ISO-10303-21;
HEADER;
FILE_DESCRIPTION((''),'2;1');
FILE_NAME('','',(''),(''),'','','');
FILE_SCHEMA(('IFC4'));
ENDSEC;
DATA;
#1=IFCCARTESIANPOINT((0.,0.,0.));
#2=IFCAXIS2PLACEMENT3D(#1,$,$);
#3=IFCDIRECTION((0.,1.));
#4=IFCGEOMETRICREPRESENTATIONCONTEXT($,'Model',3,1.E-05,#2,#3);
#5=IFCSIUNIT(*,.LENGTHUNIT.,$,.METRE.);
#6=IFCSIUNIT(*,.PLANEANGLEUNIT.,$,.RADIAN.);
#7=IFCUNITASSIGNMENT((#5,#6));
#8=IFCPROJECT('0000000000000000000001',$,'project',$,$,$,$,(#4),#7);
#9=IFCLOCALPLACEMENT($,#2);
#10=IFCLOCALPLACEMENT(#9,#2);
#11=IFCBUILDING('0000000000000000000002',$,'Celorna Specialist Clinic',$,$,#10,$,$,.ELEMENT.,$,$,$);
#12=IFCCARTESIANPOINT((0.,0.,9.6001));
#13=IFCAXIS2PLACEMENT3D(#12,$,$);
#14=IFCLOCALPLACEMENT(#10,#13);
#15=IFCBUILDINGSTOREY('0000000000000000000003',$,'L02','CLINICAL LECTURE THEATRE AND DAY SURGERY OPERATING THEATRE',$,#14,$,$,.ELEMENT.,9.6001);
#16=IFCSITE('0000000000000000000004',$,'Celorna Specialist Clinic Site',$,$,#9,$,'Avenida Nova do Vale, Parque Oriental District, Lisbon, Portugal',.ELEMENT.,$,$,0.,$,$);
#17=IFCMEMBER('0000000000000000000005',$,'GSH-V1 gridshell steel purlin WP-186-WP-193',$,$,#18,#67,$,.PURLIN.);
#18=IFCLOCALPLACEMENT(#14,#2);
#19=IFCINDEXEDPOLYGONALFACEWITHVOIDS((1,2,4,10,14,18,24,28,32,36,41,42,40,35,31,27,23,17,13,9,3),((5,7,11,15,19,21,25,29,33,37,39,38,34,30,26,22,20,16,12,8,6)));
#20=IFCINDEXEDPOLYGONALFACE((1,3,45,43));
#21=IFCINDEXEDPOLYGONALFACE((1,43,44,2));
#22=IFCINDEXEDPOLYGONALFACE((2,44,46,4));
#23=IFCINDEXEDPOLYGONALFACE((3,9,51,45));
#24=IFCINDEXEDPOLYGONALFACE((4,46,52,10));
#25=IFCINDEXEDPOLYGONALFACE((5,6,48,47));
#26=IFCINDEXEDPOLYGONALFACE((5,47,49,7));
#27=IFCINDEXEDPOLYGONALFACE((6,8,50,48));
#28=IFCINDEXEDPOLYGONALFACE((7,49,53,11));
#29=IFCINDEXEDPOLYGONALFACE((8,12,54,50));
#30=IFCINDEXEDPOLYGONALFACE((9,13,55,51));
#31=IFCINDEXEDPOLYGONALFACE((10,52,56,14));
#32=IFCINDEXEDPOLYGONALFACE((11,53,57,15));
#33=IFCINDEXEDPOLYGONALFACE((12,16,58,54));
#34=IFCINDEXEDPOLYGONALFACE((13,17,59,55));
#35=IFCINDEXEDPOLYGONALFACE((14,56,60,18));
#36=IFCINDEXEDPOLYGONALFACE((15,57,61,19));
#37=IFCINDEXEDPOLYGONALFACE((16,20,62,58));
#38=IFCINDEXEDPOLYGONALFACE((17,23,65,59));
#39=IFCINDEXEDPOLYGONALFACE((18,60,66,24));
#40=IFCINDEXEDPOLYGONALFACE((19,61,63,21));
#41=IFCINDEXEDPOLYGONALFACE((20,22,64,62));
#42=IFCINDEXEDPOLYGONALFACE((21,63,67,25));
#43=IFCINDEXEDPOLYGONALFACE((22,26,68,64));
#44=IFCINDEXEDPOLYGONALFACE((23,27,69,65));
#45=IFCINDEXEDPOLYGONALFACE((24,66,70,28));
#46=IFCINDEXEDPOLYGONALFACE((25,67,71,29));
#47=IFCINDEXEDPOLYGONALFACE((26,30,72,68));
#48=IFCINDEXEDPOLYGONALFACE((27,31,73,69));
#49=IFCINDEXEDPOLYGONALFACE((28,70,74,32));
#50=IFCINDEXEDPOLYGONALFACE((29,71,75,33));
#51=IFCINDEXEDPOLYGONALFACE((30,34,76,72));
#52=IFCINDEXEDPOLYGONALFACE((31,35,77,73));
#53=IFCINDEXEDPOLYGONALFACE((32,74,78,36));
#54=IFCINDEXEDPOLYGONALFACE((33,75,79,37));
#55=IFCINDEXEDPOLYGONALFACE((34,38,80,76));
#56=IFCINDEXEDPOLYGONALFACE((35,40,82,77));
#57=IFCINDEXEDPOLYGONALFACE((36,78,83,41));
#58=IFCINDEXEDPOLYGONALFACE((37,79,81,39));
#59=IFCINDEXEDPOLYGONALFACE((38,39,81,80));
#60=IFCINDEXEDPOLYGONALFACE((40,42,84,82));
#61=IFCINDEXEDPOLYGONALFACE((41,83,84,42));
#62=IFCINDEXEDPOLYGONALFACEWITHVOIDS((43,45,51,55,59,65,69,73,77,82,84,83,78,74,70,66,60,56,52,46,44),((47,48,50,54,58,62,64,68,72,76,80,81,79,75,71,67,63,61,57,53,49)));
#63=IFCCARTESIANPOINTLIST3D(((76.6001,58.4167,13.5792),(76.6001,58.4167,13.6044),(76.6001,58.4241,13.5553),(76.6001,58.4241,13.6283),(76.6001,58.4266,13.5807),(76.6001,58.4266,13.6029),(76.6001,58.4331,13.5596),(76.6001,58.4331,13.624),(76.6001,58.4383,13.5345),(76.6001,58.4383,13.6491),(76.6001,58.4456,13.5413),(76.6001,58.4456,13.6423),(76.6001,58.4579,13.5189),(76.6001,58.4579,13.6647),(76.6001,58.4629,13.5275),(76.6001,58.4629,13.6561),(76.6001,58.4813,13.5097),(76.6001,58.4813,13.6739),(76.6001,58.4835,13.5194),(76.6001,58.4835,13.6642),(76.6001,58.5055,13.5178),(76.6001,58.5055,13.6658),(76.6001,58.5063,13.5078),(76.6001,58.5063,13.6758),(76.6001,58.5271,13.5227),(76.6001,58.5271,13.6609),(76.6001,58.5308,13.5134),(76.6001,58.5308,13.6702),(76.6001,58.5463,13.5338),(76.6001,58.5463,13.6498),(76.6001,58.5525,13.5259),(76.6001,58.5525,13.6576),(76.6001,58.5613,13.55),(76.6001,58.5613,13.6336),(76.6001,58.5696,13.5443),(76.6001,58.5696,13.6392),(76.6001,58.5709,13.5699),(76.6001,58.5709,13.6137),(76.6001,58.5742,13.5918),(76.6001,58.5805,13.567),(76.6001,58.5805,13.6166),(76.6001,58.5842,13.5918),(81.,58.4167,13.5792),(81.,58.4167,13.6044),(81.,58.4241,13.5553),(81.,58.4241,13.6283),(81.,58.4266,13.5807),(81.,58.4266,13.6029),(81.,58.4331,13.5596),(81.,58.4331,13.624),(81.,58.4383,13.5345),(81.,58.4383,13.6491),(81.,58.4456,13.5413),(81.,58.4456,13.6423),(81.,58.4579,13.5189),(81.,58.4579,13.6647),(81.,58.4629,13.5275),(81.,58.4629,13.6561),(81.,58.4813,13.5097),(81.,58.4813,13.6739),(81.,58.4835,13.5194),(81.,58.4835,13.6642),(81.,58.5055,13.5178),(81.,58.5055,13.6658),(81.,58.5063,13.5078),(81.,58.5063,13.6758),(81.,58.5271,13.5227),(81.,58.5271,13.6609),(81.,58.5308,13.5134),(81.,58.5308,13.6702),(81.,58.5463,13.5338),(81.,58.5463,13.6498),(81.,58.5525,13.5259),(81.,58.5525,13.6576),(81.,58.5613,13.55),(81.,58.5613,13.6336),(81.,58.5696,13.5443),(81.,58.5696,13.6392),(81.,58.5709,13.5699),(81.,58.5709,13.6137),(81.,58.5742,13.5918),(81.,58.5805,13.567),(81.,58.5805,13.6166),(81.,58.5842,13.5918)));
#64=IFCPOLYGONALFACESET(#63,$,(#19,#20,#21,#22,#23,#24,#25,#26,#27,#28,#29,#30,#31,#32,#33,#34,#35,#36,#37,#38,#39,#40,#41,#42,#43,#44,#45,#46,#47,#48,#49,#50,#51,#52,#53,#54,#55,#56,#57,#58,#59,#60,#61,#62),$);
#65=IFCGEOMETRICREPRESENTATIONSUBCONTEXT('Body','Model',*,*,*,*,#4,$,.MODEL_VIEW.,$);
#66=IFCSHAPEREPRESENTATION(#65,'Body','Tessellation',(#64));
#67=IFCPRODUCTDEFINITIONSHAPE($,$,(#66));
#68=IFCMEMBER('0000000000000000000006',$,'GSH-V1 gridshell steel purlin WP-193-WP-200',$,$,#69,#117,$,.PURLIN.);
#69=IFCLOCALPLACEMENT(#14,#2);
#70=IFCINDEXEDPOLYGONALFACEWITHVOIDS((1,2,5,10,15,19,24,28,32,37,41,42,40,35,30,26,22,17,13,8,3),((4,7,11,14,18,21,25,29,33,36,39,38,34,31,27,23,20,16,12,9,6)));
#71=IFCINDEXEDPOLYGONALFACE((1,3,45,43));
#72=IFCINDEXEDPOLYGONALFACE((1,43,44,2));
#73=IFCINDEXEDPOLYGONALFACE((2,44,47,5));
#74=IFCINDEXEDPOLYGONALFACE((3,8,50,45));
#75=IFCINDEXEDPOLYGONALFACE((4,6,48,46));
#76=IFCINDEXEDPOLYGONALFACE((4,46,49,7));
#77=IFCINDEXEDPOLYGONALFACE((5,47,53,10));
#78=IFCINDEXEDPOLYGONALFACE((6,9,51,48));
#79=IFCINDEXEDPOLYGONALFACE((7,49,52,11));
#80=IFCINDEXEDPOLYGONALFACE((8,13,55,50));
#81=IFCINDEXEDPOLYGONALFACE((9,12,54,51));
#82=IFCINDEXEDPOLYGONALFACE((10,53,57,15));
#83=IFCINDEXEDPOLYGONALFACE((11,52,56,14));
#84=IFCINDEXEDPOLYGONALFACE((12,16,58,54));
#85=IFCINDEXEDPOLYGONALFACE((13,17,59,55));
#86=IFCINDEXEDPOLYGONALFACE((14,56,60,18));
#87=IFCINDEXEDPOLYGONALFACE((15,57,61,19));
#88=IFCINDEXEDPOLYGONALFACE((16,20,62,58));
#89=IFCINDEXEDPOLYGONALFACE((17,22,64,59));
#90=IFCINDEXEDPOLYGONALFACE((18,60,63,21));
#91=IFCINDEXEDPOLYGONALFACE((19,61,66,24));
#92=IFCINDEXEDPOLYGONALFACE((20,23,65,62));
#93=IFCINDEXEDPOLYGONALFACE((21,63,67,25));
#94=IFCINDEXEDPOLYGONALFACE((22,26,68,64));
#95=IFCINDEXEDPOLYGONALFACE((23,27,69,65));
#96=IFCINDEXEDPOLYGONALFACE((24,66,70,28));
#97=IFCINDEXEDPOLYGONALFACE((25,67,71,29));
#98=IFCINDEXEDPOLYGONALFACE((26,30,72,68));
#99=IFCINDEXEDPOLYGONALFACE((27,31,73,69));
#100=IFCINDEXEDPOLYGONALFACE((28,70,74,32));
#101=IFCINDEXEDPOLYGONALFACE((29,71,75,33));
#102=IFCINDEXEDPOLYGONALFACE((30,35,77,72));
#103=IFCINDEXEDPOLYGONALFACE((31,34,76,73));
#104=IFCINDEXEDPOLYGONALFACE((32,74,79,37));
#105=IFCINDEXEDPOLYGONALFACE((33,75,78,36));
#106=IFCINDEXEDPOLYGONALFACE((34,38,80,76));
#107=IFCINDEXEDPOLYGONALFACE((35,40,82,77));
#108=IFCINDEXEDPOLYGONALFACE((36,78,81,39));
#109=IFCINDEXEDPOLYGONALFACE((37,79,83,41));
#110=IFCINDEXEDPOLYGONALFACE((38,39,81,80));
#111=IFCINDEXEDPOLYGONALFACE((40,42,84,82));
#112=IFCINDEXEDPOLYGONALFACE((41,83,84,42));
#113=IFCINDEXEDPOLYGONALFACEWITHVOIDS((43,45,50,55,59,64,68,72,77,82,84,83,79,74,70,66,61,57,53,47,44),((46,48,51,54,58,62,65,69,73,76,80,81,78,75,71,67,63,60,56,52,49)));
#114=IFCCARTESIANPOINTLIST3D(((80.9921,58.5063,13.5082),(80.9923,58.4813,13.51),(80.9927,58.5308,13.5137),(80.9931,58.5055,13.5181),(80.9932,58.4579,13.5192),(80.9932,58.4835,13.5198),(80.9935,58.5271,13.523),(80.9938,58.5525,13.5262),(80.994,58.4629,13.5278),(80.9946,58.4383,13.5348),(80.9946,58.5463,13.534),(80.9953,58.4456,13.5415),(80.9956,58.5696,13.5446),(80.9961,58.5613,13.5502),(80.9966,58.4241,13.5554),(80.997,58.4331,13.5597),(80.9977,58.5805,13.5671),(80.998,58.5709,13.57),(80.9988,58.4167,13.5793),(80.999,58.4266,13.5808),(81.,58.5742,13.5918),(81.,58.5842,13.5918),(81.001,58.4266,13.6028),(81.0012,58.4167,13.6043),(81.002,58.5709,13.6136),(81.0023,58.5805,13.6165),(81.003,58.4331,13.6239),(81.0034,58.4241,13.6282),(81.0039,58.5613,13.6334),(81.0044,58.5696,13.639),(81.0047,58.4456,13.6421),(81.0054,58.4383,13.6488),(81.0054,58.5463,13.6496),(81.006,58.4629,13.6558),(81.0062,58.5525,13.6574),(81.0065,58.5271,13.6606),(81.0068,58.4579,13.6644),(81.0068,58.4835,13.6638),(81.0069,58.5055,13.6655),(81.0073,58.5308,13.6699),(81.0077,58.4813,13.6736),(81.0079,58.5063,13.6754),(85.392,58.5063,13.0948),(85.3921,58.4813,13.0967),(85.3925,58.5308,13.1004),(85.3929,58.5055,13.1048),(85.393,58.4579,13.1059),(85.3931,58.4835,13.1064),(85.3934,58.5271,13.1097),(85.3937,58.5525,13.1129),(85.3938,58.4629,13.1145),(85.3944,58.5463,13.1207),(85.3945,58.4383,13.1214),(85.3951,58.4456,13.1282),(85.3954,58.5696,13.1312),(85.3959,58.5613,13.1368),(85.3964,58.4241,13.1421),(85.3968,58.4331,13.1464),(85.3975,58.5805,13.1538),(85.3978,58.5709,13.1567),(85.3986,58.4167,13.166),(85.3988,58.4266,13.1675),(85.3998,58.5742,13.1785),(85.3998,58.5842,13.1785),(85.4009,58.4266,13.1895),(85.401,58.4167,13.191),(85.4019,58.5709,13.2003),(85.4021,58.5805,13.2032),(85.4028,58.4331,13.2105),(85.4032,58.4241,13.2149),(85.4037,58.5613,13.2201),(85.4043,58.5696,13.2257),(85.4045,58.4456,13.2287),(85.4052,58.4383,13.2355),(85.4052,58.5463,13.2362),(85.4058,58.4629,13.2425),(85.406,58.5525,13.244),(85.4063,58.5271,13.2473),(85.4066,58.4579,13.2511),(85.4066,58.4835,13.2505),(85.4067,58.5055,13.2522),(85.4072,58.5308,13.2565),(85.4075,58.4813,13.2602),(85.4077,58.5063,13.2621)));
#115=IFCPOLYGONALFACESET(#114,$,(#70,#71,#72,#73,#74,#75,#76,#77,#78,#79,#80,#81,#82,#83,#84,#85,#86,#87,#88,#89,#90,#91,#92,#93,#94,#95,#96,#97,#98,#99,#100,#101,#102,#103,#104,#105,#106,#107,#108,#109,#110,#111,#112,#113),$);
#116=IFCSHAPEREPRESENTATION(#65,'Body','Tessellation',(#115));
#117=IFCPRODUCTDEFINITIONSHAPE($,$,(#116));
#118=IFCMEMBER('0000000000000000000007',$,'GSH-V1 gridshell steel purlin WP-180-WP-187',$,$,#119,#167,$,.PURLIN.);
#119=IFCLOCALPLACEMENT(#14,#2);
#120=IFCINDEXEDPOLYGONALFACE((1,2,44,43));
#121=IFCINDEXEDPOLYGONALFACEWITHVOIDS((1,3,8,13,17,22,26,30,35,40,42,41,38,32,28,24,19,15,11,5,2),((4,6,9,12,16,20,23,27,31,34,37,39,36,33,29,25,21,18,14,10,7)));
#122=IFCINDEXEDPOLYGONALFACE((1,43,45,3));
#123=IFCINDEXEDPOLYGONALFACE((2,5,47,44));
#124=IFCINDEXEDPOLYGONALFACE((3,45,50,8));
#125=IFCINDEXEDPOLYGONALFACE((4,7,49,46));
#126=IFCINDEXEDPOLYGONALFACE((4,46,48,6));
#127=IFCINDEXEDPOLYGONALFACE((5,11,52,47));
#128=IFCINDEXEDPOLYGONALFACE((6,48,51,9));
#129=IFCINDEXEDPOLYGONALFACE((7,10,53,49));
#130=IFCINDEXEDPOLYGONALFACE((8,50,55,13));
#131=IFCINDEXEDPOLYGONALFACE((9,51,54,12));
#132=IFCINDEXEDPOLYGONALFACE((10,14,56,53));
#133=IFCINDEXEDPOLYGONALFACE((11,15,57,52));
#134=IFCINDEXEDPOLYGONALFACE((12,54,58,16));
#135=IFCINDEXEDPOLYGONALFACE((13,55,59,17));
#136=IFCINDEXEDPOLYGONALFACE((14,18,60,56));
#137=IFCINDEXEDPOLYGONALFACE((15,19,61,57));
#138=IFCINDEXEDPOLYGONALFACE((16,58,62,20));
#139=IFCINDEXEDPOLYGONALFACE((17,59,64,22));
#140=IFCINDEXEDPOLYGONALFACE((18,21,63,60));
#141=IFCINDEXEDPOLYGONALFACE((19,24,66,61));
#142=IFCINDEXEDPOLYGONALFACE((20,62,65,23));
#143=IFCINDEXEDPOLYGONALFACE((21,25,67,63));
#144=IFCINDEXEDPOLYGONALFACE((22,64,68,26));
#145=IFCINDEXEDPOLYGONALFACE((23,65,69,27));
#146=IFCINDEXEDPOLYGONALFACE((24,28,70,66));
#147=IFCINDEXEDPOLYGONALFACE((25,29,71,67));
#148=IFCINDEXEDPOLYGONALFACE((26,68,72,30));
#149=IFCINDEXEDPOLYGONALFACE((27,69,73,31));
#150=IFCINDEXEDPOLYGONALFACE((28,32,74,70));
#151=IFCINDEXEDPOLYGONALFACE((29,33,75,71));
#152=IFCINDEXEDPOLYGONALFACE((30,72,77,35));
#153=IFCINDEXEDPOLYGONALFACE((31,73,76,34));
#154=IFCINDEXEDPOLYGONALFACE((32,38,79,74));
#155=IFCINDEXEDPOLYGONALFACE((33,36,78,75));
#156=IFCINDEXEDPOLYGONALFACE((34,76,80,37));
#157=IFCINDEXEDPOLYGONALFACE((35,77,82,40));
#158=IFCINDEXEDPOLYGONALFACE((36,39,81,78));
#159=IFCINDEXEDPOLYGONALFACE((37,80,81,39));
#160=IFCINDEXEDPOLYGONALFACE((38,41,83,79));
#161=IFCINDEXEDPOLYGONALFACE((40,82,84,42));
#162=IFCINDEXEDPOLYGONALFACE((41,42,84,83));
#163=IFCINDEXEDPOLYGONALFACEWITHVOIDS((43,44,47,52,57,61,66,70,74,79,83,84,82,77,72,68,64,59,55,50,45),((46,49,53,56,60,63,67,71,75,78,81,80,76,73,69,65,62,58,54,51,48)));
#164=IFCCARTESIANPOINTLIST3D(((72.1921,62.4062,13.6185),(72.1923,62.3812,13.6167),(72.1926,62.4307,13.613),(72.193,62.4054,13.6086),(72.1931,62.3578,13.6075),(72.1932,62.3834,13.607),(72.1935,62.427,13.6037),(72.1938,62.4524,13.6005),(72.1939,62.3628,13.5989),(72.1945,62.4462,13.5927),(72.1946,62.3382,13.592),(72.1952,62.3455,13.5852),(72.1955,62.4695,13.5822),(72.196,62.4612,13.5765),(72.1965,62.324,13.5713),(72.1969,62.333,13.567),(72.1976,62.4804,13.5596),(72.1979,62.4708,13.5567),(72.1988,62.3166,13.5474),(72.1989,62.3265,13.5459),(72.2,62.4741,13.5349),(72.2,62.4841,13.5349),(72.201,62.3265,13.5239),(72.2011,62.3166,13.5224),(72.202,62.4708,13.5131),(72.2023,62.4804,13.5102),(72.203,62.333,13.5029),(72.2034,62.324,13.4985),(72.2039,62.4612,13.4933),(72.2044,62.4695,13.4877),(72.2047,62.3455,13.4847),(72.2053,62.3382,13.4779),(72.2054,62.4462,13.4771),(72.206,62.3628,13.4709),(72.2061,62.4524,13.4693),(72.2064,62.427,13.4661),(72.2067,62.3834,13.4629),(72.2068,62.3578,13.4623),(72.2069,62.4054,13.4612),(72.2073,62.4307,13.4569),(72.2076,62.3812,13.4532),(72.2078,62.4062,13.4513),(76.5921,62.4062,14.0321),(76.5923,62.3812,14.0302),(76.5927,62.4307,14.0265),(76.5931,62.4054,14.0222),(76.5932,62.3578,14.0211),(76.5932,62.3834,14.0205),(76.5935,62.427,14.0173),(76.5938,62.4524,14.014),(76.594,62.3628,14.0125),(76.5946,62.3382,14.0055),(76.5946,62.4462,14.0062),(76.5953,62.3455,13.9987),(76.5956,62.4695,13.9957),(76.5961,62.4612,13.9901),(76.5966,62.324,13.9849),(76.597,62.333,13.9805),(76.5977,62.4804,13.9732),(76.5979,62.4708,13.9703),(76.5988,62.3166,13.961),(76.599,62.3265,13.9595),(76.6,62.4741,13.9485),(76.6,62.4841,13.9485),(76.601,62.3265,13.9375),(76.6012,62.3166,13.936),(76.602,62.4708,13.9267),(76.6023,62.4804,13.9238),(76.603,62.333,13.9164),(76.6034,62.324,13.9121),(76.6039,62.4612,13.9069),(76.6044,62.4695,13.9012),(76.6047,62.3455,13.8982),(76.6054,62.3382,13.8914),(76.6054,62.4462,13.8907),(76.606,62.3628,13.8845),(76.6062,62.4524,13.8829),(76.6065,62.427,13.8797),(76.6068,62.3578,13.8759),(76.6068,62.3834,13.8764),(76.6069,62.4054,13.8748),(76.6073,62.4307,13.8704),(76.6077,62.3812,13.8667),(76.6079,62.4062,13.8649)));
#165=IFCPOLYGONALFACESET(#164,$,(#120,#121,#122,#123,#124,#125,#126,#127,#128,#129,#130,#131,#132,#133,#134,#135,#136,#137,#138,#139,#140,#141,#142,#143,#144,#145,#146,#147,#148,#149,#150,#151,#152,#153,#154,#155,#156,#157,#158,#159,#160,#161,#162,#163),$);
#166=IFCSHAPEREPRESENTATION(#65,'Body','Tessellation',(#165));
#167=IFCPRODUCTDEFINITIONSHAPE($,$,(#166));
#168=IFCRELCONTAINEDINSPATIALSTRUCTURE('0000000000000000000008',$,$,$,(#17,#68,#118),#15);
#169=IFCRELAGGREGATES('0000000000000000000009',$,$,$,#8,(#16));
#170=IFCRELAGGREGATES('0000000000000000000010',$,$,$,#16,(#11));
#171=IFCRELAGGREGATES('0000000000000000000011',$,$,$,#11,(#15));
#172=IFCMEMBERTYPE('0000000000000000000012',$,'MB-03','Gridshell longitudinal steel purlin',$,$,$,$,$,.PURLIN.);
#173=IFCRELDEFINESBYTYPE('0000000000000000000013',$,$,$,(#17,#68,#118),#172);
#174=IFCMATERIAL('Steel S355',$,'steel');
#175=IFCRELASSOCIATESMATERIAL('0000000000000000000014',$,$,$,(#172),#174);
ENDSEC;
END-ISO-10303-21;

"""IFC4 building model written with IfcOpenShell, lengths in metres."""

from ifc_helpers import new_model, si_unit, direction, frame, origin, origin_2d, place, context, subcontext, project, spatial, hollow_circle, extrude, material, material_profile, profile_set, type_object, element, save


model = new_model("IFC4")

# Units and contexts
model_context = context("Model", 3, precision=1e-05, world=origin(), true_north=direction((0.0, 1.0)))
body_context = subcontext(model_context, "Body", "Model", "MODEL_VIEW")
ifc_project = project(units=[si_unit("LENGTHUNIT", "METRE"), si_unit("PLANEANGLEUNIT", "RADIAN")], contexts=[model_context])

# Site, building, storey
site_placement = place(None, origin())
site = spatial("IfcSite", under=ifc_project, at=site_placement, Name="Celorna Specialist Clinic Site", LongName="Avenida Nova do Vale, Parque Oriental District, Lisbon, Portugal", CompositionType="ELEMENT", RefElevation=0.0)
building_placement = place(site_placement, origin())
building = spatial("IfcBuilding", under=site, at=building_placement, Name="Celorna Specialist Clinic", CompositionType="ELEMENT")
storey_placement = place(building_placement, frame((0.0, 0.0, 9.6001)))
storey = spatial("IfcBuildingStorey", under=building, at=storey_placement, Name="L02", Description="CLINICAL LECTURE THEATRE AND DAY SURGERY OPERATING THEATRE", CompositionType="ELEMENT", Elevation=9.6001)

# Shared definitions
ifc_material_1 = material(Name="Steel S355", Category="steel")

# Members
ifc_material_profile_1 = material_profile(ifc_material_1, hollow_circle(Radius=0.0842, WallThickness=0.01, at=origin_2d()), Name="CHS 168.3x10")
ifc_profile_set_1 = profile_set([ifc_material_profile_1], Name="Steel S355")
member_type_1 = type_object("IfcMemberType", Name="MB-03", Description="Gridshell longitudinal steel purlin", PredefinedType="PURLIN", material=ifc_profile_set_1)
member_1_placement = place(storey_placement, frame((76.6001, 58.5, 13.5918), z_axis=(1.0, 0.0, 0.0), x_axis=(0.0, 1.0, 0.0)))
element("IfcMember", 1, at=member_1_placement, inside=storey, type_object=member_type_1, Name="GSH-V1 gridshell steel purlin WP-186-WP-193", PredefinedType="PURLIN", context=body_context, shape_type="SweptSolid", body=[
    extrude(hollow_circle(Radius=0.0842, WallThickness=0.01, at=origin_2d()), origin(), (0.0, 0.0, 1.0), 4.3999),
])
member_2_placement = place(storey_placement, frame((81.0, 58.5, 13.5918), z_axis=(0.995617, 0.0, -0.093529), x_axis=(0.0, 1.0, 0.0)))
element("IfcMember", 2, at=member_2_placement, inside=storey, type_object=member_type_1, Name="GSH-V1 gridshell steel purlin WP-193-WP-200", PredefinedType="PURLIN", context=body_context, shape_type="SweptSolid", body=[
    extrude(hollow_circle(Radius=0.0842, WallThickness=0.01, at=origin_2d()), origin(), (0.0, 0.0, 1.0), 4.4192),
])
member_3_placement = place(storey_placement, frame((72.2, 62.3999, 13.5349), z_axis=(0.995612, 0.0, 0.093579), x_axis=(0.0, 1.0, 0.0)))
element("IfcMember", 3, at=member_3_placement, inside=storey, type_object=member_type_1, Name="GSH-V1 gridshell steel purlin WP-180-WP-187", PredefinedType="PURLIN", context=body_context, shape_type="SweptSolid", body=[
    extrude(hollow_circle(Radius=0.0842, WallThickness=0.01, at=origin_2d()), origin(), (0.0, 0.0, 1.0), 4.4194),
])

save(model, "model.ifc")
